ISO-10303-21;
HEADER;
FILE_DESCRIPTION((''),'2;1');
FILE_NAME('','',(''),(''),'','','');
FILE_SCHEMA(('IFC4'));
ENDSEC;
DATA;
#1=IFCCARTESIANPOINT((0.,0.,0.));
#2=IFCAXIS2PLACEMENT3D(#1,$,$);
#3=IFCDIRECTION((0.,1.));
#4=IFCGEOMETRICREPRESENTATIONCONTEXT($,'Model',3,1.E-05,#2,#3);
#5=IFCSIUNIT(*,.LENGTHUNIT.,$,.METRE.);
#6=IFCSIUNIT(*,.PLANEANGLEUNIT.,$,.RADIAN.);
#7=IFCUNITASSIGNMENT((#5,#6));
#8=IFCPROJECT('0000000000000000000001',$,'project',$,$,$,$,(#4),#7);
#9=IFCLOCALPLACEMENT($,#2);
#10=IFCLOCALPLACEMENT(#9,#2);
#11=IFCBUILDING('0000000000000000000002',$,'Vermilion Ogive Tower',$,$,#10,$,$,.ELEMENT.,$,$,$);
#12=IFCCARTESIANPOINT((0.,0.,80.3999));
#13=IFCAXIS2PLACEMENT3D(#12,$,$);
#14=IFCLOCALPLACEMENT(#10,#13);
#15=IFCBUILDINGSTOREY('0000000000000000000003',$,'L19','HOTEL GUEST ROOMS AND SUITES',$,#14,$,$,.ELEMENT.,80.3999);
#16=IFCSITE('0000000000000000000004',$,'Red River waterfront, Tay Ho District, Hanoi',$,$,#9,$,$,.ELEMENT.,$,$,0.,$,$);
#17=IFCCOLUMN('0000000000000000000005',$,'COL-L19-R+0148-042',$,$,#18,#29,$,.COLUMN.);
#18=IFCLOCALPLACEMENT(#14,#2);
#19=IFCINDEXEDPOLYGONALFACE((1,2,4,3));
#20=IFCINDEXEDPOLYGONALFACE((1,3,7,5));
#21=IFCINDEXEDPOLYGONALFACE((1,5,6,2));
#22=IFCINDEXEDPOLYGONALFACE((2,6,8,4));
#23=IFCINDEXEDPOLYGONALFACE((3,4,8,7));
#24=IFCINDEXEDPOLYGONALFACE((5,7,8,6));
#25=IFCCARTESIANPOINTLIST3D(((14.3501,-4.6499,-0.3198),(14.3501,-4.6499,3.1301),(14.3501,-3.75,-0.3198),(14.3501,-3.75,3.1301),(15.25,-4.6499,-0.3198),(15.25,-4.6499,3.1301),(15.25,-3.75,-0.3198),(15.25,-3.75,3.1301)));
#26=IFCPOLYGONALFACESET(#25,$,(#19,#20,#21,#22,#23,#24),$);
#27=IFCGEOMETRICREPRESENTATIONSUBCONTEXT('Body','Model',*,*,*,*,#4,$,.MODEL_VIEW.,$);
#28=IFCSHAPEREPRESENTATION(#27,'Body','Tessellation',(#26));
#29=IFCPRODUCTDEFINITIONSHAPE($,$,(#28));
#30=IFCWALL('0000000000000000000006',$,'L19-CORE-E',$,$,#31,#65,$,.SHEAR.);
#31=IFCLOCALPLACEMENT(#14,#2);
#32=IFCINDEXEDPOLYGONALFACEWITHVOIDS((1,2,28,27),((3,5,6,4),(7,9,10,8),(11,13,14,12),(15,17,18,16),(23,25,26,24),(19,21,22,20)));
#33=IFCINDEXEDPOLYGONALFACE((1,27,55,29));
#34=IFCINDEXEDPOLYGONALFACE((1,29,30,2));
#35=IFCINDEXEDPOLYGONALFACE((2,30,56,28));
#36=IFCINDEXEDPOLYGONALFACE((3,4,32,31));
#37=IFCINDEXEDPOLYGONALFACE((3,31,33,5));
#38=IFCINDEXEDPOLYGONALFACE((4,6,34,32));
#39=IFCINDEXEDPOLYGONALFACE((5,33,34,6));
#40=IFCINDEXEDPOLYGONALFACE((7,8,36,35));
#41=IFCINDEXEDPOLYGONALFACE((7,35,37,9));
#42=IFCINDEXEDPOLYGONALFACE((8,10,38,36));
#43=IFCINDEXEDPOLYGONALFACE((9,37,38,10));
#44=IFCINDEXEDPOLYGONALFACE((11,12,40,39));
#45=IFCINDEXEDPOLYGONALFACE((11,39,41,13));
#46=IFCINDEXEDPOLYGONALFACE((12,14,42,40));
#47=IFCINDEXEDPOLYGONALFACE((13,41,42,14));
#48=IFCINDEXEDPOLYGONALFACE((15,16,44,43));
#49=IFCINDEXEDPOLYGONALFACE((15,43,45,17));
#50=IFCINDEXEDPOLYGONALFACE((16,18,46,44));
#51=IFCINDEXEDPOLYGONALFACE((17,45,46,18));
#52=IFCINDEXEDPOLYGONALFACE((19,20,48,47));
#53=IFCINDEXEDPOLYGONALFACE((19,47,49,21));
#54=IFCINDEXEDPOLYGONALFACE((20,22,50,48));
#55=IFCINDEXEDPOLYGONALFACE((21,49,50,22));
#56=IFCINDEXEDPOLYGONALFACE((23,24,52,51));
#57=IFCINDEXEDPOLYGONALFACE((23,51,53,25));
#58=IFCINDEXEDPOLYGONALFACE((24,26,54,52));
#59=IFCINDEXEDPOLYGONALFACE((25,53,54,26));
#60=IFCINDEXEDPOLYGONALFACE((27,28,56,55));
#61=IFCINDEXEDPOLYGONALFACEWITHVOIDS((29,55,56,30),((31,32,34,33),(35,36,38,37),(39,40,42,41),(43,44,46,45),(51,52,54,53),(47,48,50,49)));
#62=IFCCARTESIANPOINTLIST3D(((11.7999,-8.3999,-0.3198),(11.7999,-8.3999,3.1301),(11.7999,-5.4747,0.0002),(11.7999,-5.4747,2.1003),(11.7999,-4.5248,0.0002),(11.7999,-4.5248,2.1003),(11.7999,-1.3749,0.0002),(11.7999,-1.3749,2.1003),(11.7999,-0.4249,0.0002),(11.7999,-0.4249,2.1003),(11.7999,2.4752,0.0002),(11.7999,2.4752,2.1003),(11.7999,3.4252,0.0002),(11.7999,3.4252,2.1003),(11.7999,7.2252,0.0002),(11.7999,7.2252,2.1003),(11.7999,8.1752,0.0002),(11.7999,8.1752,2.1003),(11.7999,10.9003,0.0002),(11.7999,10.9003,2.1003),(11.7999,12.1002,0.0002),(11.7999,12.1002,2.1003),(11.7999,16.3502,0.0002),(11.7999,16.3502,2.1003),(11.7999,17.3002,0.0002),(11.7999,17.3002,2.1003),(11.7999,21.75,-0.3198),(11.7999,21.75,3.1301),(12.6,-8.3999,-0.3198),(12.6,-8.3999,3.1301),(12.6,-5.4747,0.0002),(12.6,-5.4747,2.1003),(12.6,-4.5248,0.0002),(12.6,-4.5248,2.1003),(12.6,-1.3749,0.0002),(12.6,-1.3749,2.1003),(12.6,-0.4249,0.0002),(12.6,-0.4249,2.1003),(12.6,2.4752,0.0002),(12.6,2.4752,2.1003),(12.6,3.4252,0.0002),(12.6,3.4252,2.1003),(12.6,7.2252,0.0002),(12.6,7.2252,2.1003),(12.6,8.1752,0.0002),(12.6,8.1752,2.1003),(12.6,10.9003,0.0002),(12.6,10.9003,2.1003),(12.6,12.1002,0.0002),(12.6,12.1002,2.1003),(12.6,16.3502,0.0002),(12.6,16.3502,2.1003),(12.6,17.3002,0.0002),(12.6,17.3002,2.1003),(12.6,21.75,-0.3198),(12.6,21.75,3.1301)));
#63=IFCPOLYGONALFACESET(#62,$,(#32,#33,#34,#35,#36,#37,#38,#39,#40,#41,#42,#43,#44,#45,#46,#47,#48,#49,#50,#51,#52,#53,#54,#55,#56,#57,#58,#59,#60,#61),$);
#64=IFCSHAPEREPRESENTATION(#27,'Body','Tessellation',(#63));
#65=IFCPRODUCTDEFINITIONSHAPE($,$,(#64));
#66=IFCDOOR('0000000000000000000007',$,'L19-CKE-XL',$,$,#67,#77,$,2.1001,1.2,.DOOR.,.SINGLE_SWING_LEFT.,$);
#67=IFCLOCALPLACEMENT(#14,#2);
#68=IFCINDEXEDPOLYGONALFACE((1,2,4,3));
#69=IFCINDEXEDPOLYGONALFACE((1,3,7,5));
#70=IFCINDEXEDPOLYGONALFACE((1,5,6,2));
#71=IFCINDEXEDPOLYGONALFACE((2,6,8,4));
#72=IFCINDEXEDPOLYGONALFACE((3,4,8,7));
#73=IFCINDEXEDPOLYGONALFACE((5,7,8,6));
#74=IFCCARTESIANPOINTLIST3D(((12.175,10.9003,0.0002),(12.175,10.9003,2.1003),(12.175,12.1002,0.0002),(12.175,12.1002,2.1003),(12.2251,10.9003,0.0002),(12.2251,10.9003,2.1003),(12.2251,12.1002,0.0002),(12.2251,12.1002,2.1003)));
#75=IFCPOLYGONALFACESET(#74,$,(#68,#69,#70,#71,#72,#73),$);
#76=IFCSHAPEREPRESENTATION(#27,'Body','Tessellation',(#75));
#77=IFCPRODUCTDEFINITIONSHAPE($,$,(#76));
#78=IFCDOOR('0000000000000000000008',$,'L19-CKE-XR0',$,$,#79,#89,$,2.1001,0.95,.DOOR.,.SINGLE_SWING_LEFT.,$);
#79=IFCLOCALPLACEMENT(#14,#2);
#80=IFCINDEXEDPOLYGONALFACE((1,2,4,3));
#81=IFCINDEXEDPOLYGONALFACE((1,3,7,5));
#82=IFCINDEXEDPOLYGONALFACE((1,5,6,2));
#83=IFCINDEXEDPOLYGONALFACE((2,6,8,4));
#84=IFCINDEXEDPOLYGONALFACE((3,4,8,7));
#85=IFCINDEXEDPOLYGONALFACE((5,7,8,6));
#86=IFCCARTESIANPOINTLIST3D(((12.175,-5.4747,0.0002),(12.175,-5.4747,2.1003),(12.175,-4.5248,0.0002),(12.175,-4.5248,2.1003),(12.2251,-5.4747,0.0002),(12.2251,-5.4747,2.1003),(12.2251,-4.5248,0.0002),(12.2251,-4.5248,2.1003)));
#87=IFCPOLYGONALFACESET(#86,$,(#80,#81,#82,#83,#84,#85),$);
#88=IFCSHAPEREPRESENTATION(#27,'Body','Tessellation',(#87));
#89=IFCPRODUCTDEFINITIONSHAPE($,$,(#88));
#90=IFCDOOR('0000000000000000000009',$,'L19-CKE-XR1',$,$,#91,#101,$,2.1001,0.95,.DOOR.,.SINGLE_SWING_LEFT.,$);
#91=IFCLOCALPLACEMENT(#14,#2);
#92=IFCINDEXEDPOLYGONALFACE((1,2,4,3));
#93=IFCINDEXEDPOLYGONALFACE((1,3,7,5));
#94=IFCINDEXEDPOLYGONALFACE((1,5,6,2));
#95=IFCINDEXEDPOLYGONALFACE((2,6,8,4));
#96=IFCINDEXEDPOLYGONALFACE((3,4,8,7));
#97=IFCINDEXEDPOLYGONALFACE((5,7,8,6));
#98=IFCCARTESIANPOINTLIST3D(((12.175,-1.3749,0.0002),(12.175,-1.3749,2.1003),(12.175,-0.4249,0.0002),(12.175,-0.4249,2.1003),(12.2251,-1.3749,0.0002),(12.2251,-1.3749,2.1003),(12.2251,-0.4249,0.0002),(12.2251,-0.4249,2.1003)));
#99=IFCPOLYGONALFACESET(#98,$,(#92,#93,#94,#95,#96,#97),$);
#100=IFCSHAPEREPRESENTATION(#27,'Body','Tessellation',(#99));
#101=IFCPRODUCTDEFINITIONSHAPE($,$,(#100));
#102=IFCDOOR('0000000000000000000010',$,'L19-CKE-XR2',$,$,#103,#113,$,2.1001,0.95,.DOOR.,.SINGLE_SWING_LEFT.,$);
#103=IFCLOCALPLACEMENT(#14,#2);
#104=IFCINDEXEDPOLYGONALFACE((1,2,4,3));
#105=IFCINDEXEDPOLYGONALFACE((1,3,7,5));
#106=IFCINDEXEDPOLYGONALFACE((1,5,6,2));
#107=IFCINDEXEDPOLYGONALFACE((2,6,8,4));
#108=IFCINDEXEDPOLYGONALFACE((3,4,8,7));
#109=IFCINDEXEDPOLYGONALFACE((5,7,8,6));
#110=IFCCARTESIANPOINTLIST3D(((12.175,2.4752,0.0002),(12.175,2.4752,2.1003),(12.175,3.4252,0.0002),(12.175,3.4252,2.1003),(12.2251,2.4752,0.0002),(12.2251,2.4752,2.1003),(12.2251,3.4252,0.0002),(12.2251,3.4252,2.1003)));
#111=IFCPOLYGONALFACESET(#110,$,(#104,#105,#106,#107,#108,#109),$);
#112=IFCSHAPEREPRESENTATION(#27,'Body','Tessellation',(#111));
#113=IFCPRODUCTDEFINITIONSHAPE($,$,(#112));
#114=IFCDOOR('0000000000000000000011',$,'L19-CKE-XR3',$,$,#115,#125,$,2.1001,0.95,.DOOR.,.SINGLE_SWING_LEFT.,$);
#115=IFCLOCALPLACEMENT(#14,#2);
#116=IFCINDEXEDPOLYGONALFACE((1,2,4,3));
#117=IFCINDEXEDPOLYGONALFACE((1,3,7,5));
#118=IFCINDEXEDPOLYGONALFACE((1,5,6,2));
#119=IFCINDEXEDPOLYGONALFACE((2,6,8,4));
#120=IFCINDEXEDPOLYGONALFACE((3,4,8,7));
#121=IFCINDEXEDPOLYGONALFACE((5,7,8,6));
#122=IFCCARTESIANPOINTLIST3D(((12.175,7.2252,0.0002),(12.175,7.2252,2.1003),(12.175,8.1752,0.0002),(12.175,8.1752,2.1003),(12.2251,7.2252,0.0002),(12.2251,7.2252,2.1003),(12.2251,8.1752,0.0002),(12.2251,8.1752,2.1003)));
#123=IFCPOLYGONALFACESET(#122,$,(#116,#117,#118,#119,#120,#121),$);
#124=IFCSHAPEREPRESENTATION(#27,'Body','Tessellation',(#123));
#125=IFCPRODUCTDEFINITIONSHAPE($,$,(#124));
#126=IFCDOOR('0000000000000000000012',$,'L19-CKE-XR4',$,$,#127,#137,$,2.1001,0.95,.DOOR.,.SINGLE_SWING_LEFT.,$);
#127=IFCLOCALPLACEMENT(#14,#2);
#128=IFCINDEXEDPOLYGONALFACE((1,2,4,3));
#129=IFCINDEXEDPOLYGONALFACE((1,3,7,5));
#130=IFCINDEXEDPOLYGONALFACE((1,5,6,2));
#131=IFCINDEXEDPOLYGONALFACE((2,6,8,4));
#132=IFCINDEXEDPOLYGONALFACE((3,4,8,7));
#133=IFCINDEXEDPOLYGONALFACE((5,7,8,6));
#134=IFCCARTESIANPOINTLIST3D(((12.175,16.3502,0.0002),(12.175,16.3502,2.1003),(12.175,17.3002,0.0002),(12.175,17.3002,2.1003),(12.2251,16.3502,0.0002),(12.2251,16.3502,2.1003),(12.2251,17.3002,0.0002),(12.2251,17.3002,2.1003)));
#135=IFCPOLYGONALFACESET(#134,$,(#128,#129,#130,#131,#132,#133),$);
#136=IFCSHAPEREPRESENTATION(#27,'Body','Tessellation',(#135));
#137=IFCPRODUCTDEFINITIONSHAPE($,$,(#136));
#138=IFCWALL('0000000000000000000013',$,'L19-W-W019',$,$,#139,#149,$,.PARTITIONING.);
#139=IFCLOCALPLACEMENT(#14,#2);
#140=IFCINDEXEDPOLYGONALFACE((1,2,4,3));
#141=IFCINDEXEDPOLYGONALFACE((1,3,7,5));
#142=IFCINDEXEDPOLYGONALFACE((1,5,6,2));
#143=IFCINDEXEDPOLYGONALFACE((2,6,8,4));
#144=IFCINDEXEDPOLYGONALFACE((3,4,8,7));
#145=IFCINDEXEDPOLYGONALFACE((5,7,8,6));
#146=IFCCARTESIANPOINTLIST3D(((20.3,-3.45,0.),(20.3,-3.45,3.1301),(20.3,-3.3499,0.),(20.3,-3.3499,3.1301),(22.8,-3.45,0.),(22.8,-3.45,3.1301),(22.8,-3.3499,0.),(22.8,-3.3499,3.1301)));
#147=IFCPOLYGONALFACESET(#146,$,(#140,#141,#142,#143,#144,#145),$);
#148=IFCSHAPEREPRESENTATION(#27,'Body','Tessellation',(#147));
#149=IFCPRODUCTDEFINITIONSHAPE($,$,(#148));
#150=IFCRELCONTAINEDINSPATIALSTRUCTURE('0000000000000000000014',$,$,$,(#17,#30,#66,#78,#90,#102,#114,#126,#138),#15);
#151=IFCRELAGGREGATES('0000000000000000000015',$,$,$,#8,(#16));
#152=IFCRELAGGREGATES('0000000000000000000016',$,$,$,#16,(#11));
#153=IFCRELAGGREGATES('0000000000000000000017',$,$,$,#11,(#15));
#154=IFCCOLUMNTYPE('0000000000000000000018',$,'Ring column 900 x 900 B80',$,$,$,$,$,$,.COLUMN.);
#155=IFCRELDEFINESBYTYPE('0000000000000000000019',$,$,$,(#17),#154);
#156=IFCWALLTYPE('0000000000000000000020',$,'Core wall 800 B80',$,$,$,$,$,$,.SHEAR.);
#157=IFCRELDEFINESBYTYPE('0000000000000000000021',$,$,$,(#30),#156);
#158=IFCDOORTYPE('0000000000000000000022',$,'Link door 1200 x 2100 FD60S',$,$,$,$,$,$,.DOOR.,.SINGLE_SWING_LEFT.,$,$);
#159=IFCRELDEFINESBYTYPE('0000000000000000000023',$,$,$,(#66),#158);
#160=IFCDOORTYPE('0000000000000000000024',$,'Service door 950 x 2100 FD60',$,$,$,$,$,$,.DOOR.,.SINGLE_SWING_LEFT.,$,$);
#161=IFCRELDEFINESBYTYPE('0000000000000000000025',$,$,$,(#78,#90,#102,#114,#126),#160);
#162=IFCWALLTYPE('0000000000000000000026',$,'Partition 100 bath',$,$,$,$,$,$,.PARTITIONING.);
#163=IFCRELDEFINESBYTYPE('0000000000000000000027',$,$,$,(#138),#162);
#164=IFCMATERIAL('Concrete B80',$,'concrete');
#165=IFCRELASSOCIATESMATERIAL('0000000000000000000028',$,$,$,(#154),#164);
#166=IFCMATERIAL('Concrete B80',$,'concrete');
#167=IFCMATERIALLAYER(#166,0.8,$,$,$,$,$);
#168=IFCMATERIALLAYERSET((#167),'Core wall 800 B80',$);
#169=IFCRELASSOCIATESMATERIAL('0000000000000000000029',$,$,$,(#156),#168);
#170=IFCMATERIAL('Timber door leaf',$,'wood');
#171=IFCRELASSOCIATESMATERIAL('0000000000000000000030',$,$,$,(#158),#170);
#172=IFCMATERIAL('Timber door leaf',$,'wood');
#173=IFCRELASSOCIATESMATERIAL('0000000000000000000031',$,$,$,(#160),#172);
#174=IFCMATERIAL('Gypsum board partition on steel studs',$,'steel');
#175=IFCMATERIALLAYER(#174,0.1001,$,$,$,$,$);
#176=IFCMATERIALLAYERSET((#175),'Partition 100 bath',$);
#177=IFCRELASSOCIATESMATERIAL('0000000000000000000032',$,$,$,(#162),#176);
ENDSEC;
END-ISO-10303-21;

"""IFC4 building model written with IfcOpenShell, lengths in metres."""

from ifc_helpers import new_model, si_unit, direction, frame, frame_2d, origin, origin_2d, place, context, subcontext, project, spatial, rectangle, extrude, material, layer, layer_set, material_profile, profile_set, type_object, element, fill, save


model = new_model("IFC4")

# Units and contexts
model_context = context("Model", 3, precision=1e-05, world=origin(), true_north=direction((0.0, 1.0)))
body_context = subcontext(model_context, "Body", "Model", "MODEL_VIEW")
ifc_project = project(units=[si_unit("LENGTHUNIT", "METRE"), si_unit("PLANEANGLEUNIT", "RADIAN")], contexts=[model_context])

# Site, building, storey
site_placement = place(None, origin())
site = spatial("IfcSite", under=ifc_project, at=site_placement, Name="Red River waterfront, Tay Ho District, Hanoi", CompositionType="ELEMENT", RefElevation=0.0)
building_placement = place(site_placement, origin())
building = spatial("IfcBuilding", under=site, at=building_placement, Name="Vermilion Ogive Tower", CompositionType="ELEMENT")
storey_placement = place(building_placement, frame((0.0, 0.0, 80.3999)))
storey = spatial("IfcBuildingStorey", under=building, at=storey_placement, Name="L19", Description="HOTEL GUEST ROOMS AND SUITES", CompositionType="ELEMENT", Elevation=80.3999)

# Column
ifc_material_1 = material(Name="Concrete B80", Category="concrete")
ifc_material_profile = material_profile(ifc_material_1, rectangle(XDim=0.8999, YDim=0.8999, at=origin_2d()), Name="900 x 900")
ifc_profile_set = profile_set([ifc_material_profile], Name="Concrete B80")
column_type = type_object("IfcColumnType", Name="Ring column 900 x 900 B80", PredefinedType="COLUMN", material=ifc_profile_set)
column_placement = place(storey_placement, frame((14.8, -4.2, -0.3198), z_axis=(0.0, 0.0, 1.0), x_axis=(1.0, 0.0, 0.0)))
element("IfcColumn", 1, at=column_placement, inside=storey, type_object=column_type, Name="COL-L19-R+0148-042", PredefinedType="COLUMN", context=body_context, shape_type="SweptSolid", body=[
    extrude(rectangle(XDim=0.8999, YDim=0.8999, at=origin_2d()), origin(), (0.0, 0.0, 1.0), 3.45),
])

# Wall, openings, doors
ifc_material_2 = material(Name="Concrete B80", Category="concrete")
ifc_layer_1 = layer(ifc_material_2, 0.8)
ifc_layer_set_1 = layer_set([ifc_layer_1], Name="Core wall 800 B80")
wall_type_1 = type_object("IfcWallType", Name="Core wall 800 B80", PredefinedType="SHEAR", material=ifc_layer_set_1)
wall_1_placement = place(storey_placement, frame((12.2, -8.3999, -0.3198), z_axis=(0.0, 0.0, 1.0), x_axis=(0.0, 1.0, 0.0)))
wall_1 = element("IfcWall", 2, at=wall_1_placement, inside=storey, type_object=wall_type_1, Name="L19-CORE-E", PredefinedType="SHEAR", context=body_context, shape_type="SweptSolid", body=[
    extrude(rectangle(XDim=30.1499, YDim=0.8, at=frame_2d((15.075, 0.0))), origin(), (0.0, 0.0, 1.0), 3.45),
])
opening_1_placement = place(wall_1_placement, frame((2.925, 0.0, 0.3201)))
opening_1 = element("IfcOpeningElement", 3, at=opening_1_placement, cuts=wall_1, PredefinedType="OPENING", context=body_context, shape_type="SweptSolid", body=[
    extrude(rectangle(XDim=0.95, YDim=2.1001, at=frame_2d((0.4751, 1.05))), frame((0.0, 0.4099, 0.0), z_axis=(0.0, -1.0, 0.0), x_axis=(1.0, 0.0, 0.0)), (0.0, 0.0, 1.0), 0.8201),
])
opening_2_placement = place(wall_1_placement, frame((7.0249, 0.0, 0.3201)))
opening_2 = element("IfcOpeningElement", 4, at=opening_2_placement, cuts=wall_1, PredefinedType="OPENING", context=body_context, shape_type="SweptSolid", body=[
    extrude(rectangle(XDim=0.95, YDim=2.1001, at=frame_2d((0.4751, 1.05))), frame((0.0, 0.4099, 0.0), z_axis=(0.0, -1.0, 0.0), x_axis=(1.0, 0.0, 0.0)), (0.0, 0.0, 1.0), 0.8201),
])
opening_3_placement = place(wall_1_placement, frame((10.875, 0.0, 0.3201)))
opening_3 = element("IfcOpeningElement", 5, at=opening_3_placement, cuts=wall_1, PredefinedType="OPENING", context=body_context, shape_type="SweptSolid", body=[
    extrude(rectangle(XDim=0.95, YDim=2.1001, at=frame_2d((0.4751, 1.05))), frame((0.0, 0.4099, 0.0), z_axis=(0.0, -1.0, 0.0), x_axis=(1.0, 0.0, 0.0)), (0.0, 0.0, 1.0), 0.8201),
])
opening_4_placement = place(wall_1_placement, frame((15.625, 0.0, 0.3201)))
opening_4 = element("IfcOpeningElement", 6, at=opening_4_placement, cuts=wall_1, PredefinedType="OPENING", context=body_context, shape_type="SweptSolid", body=[
    extrude(rectangle(XDim=0.95, YDim=2.1001, at=frame_2d((0.4751, 1.05))), frame((0.0, 0.4099, 0.0), z_axis=(0.0, -1.0, 0.0), x_axis=(1.0, 0.0, 0.0)), (0.0, 0.0, 1.0), 0.8201),
])
opening_5_placement = place(wall_1_placement, frame((24.75, 0.0, 0.3201)))
opening_5 = element("IfcOpeningElement", 7, at=opening_5_placement, cuts=wall_1, PredefinedType="OPENING", context=body_context, shape_type="SweptSolid", body=[
    extrude(rectangle(XDim=0.95, YDim=2.1001, at=frame_2d((0.4751, 1.05))), frame((0.0, 0.4099, 0.0), z_axis=(0.0, -1.0, 0.0), x_axis=(1.0, 0.0, 0.0)), (0.0, 0.0, 1.0), 0.8201),
])
opening_6_placement = place(wall_1_placement, frame((19.3, 0.0, 0.3201)))
opening_6 = element("IfcOpeningElement", 8, at=opening_6_placement, cuts=wall_1, PredefinedType="OPENING", context=body_context, shape_type="SweptSolid", body=[
    extrude(rectangle(XDim=1.2, YDim=2.1001, at=frame_2d((0.6001, 1.05))), frame((0.0, 0.4099, 0.0), z_axis=(0.0, -1.0, 0.0), x_axis=(1.0, 0.0, 0.0)), (0.0, 0.0, 1.0), 0.8201),
])
ifc_material_3 = material(Name="Timber door leaf", Category="wood")
door_type_1 = type_object("IfcDoorType", Name="Link door 1200 x 2100 FD60S", OperationType="SINGLE_SWING_LEFT", PredefinedType="DOOR", material=ifc_material_3)
door_1_placement = place(opening_6_placement, origin())
door_1 = element("IfcDoor", 9, at=door_1_placement, inside=storey, type_object=door_type_1, Name="L19-CKE-XL", OperationType="SINGLE_SWING_LEFT", OverallHeight=2.1001, OverallWidth=1.2, PredefinedType="DOOR", context=body_context, shape_type="SweptSolid", body=[
    extrude(rectangle(XDim=1.2, YDim=2.1001, at=frame_2d((0.6001, 1.05))), frame((0.0, 0.0249, 0.0), z_axis=(0.0, -1.0, 0.0), x_axis=(1.0, 0.0, 0.0)), (0.0, 0.0, 1.0), 0.05),
])
fill(opening_6, door_1)
ifc_material_4 = material(Name="Timber door leaf", Category="wood")
door_type_2 = type_object("IfcDoorType", Name="Service door 950 x 2100 FD60", OperationType="SINGLE_SWING_LEFT", PredefinedType="DOOR", material=ifc_material_4)
door_2_placement = place(opening_1_placement, origin())
door_2 = element("IfcDoor", 10, at=door_2_placement, inside=storey, type_object=door_type_2, Name="L19-CKE-XR0", OperationType="SINGLE_SWING_LEFT", OverallHeight=2.1001, OverallWidth=0.95, PredefinedType="DOOR", context=body_context, shape_type="SweptSolid", body=[
    extrude(rectangle(XDim=0.95, YDim=2.1001, at=frame_2d((0.4751, 1.05))), frame((0.0, 0.0249, 0.0), z_axis=(0.0, -1.0, 0.0), x_axis=(1.0, 0.0, 0.0)), (0.0, 0.0, 1.0), 0.05),
])
fill(opening_1, door_2)
door_3_placement = place(opening_2_placement, origin())
door_3 = element("IfcDoor", 11, at=door_3_placement, inside=storey, type_object=door_type_2, Name="L19-CKE-XR1", OperationType="SINGLE_SWING_LEFT", OverallHeight=2.1001, OverallWidth=0.95, PredefinedType="DOOR", context=body_context, shape_type="SweptSolid", body=[
    extrude(rectangle(XDim=0.95, YDim=2.1001, at=frame_2d((0.4751, 1.05))), frame((0.0, 0.0249, 0.0), z_axis=(0.0, -1.0, 0.0), x_axis=(1.0, 0.0, 0.0)), (0.0, 0.0, 1.0), 0.05),
])
fill(opening_2, door_3)
door_4_placement = place(opening_3_placement, origin())
door_4 = element("IfcDoor", 12, at=door_4_placement, inside=storey, type_object=door_type_2, Name="L19-CKE-XR2", OperationType="SINGLE_SWING_LEFT", OverallHeight=2.1001, OverallWidth=0.95, PredefinedType="DOOR", context=body_context, shape_type="SweptSolid", body=[
    extrude(rectangle(XDim=0.95, YDim=2.1001, at=frame_2d((0.4751, 1.05))), frame((0.0, 0.0249, 0.0), z_axis=(0.0, -1.0, 0.0), x_axis=(1.0, 0.0, 0.0)), (0.0, 0.0, 1.0), 0.05),
])
fill(opening_3, door_4)
door_5_placement = place(opening_4_placement, origin())
door_5 = element("IfcDoor", 13, at=door_5_placement, inside=storey, type_object=door_type_2, Name="L19-CKE-XR3", OperationType="SINGLE_SWING_LEFT", OverallHeight=2.1001, OverallWidth=0.95, PredefinedType="DOOR", context=body_context, shape_type="SweptSolid", body=[
    extrude(rectangle(XDim=0.95, YDim=2.1001, at=frame_2d((0.4751, 1.05))), frame((0.0, 0.0249, 0.0), z_axis=(0.0, -1.0, 0.0), x_axis=(1.0, 0.0, 0.0)), (0.0, 0.0, 1.0), 0.05),
])
fill(opening_4, door_5)
door_6_placement = place(opening_5_placement, origin())
door_6 = element("IfcDoor", 14, at=door_6_placement, inside=storey, type_object=door_type_2, Name="L19-CKE-XR4", OperationType="SINGLE_SWING_LEFT", OverallHeight=2.1001, OverallWidth=0.95, PredefinedType="DOOR", context=body_context, shape_type="SweptSolid", body=[
    extrude(rectangle(XDim=0.95, YDim=2.1001, at=frame_2d((0.4751, 1.05))), frame((0.0, 0.0249, 0.0), z_axis=(0.0, -1.0, 0.0), x_axis=(1.0, 0.0, 0.0)), (0.0, 0.0, 1.0), 0.05),
])
fill(opening_5, door_6)

# Wall
ifc_material_5 = material(Name="Gypsum board partition on steel studs", Category="steel")
ifc_layer_2 = layer(ifc_material_5, 0.1001)
ifc_layer_set_2 = layer_set([ifc_layer_2], Name="Partition 100 bath")
wall_type_2 = type_object("IfcWallType", Name="Partition 100 bath", PredefinedType="PARTITIONING", material=ifc_layer_set_2)
wall_2_placement = place(storey_placement, frame((20.3, -3.3999, 0.0), z_axis=(0.0, 0.0, 1.0), x_axis=(1.0, 0.0, 0.0)))
element("IfcWall", 15, at=wall_2_placement, inside=storey, type_object=wall_type_2, Name="L19-W-W019", PredefinedType="PARTITIONING", context=body_context, shape_type="SweptSolid", body=[
    extrude(rectangle(XDim=2.5, YDim=0.1001, at=frame_2d((1.25, 0.0))), origin(), (0.0, 0.0, 1.0), 3.1301),
])

save(model, "model.ifc")
